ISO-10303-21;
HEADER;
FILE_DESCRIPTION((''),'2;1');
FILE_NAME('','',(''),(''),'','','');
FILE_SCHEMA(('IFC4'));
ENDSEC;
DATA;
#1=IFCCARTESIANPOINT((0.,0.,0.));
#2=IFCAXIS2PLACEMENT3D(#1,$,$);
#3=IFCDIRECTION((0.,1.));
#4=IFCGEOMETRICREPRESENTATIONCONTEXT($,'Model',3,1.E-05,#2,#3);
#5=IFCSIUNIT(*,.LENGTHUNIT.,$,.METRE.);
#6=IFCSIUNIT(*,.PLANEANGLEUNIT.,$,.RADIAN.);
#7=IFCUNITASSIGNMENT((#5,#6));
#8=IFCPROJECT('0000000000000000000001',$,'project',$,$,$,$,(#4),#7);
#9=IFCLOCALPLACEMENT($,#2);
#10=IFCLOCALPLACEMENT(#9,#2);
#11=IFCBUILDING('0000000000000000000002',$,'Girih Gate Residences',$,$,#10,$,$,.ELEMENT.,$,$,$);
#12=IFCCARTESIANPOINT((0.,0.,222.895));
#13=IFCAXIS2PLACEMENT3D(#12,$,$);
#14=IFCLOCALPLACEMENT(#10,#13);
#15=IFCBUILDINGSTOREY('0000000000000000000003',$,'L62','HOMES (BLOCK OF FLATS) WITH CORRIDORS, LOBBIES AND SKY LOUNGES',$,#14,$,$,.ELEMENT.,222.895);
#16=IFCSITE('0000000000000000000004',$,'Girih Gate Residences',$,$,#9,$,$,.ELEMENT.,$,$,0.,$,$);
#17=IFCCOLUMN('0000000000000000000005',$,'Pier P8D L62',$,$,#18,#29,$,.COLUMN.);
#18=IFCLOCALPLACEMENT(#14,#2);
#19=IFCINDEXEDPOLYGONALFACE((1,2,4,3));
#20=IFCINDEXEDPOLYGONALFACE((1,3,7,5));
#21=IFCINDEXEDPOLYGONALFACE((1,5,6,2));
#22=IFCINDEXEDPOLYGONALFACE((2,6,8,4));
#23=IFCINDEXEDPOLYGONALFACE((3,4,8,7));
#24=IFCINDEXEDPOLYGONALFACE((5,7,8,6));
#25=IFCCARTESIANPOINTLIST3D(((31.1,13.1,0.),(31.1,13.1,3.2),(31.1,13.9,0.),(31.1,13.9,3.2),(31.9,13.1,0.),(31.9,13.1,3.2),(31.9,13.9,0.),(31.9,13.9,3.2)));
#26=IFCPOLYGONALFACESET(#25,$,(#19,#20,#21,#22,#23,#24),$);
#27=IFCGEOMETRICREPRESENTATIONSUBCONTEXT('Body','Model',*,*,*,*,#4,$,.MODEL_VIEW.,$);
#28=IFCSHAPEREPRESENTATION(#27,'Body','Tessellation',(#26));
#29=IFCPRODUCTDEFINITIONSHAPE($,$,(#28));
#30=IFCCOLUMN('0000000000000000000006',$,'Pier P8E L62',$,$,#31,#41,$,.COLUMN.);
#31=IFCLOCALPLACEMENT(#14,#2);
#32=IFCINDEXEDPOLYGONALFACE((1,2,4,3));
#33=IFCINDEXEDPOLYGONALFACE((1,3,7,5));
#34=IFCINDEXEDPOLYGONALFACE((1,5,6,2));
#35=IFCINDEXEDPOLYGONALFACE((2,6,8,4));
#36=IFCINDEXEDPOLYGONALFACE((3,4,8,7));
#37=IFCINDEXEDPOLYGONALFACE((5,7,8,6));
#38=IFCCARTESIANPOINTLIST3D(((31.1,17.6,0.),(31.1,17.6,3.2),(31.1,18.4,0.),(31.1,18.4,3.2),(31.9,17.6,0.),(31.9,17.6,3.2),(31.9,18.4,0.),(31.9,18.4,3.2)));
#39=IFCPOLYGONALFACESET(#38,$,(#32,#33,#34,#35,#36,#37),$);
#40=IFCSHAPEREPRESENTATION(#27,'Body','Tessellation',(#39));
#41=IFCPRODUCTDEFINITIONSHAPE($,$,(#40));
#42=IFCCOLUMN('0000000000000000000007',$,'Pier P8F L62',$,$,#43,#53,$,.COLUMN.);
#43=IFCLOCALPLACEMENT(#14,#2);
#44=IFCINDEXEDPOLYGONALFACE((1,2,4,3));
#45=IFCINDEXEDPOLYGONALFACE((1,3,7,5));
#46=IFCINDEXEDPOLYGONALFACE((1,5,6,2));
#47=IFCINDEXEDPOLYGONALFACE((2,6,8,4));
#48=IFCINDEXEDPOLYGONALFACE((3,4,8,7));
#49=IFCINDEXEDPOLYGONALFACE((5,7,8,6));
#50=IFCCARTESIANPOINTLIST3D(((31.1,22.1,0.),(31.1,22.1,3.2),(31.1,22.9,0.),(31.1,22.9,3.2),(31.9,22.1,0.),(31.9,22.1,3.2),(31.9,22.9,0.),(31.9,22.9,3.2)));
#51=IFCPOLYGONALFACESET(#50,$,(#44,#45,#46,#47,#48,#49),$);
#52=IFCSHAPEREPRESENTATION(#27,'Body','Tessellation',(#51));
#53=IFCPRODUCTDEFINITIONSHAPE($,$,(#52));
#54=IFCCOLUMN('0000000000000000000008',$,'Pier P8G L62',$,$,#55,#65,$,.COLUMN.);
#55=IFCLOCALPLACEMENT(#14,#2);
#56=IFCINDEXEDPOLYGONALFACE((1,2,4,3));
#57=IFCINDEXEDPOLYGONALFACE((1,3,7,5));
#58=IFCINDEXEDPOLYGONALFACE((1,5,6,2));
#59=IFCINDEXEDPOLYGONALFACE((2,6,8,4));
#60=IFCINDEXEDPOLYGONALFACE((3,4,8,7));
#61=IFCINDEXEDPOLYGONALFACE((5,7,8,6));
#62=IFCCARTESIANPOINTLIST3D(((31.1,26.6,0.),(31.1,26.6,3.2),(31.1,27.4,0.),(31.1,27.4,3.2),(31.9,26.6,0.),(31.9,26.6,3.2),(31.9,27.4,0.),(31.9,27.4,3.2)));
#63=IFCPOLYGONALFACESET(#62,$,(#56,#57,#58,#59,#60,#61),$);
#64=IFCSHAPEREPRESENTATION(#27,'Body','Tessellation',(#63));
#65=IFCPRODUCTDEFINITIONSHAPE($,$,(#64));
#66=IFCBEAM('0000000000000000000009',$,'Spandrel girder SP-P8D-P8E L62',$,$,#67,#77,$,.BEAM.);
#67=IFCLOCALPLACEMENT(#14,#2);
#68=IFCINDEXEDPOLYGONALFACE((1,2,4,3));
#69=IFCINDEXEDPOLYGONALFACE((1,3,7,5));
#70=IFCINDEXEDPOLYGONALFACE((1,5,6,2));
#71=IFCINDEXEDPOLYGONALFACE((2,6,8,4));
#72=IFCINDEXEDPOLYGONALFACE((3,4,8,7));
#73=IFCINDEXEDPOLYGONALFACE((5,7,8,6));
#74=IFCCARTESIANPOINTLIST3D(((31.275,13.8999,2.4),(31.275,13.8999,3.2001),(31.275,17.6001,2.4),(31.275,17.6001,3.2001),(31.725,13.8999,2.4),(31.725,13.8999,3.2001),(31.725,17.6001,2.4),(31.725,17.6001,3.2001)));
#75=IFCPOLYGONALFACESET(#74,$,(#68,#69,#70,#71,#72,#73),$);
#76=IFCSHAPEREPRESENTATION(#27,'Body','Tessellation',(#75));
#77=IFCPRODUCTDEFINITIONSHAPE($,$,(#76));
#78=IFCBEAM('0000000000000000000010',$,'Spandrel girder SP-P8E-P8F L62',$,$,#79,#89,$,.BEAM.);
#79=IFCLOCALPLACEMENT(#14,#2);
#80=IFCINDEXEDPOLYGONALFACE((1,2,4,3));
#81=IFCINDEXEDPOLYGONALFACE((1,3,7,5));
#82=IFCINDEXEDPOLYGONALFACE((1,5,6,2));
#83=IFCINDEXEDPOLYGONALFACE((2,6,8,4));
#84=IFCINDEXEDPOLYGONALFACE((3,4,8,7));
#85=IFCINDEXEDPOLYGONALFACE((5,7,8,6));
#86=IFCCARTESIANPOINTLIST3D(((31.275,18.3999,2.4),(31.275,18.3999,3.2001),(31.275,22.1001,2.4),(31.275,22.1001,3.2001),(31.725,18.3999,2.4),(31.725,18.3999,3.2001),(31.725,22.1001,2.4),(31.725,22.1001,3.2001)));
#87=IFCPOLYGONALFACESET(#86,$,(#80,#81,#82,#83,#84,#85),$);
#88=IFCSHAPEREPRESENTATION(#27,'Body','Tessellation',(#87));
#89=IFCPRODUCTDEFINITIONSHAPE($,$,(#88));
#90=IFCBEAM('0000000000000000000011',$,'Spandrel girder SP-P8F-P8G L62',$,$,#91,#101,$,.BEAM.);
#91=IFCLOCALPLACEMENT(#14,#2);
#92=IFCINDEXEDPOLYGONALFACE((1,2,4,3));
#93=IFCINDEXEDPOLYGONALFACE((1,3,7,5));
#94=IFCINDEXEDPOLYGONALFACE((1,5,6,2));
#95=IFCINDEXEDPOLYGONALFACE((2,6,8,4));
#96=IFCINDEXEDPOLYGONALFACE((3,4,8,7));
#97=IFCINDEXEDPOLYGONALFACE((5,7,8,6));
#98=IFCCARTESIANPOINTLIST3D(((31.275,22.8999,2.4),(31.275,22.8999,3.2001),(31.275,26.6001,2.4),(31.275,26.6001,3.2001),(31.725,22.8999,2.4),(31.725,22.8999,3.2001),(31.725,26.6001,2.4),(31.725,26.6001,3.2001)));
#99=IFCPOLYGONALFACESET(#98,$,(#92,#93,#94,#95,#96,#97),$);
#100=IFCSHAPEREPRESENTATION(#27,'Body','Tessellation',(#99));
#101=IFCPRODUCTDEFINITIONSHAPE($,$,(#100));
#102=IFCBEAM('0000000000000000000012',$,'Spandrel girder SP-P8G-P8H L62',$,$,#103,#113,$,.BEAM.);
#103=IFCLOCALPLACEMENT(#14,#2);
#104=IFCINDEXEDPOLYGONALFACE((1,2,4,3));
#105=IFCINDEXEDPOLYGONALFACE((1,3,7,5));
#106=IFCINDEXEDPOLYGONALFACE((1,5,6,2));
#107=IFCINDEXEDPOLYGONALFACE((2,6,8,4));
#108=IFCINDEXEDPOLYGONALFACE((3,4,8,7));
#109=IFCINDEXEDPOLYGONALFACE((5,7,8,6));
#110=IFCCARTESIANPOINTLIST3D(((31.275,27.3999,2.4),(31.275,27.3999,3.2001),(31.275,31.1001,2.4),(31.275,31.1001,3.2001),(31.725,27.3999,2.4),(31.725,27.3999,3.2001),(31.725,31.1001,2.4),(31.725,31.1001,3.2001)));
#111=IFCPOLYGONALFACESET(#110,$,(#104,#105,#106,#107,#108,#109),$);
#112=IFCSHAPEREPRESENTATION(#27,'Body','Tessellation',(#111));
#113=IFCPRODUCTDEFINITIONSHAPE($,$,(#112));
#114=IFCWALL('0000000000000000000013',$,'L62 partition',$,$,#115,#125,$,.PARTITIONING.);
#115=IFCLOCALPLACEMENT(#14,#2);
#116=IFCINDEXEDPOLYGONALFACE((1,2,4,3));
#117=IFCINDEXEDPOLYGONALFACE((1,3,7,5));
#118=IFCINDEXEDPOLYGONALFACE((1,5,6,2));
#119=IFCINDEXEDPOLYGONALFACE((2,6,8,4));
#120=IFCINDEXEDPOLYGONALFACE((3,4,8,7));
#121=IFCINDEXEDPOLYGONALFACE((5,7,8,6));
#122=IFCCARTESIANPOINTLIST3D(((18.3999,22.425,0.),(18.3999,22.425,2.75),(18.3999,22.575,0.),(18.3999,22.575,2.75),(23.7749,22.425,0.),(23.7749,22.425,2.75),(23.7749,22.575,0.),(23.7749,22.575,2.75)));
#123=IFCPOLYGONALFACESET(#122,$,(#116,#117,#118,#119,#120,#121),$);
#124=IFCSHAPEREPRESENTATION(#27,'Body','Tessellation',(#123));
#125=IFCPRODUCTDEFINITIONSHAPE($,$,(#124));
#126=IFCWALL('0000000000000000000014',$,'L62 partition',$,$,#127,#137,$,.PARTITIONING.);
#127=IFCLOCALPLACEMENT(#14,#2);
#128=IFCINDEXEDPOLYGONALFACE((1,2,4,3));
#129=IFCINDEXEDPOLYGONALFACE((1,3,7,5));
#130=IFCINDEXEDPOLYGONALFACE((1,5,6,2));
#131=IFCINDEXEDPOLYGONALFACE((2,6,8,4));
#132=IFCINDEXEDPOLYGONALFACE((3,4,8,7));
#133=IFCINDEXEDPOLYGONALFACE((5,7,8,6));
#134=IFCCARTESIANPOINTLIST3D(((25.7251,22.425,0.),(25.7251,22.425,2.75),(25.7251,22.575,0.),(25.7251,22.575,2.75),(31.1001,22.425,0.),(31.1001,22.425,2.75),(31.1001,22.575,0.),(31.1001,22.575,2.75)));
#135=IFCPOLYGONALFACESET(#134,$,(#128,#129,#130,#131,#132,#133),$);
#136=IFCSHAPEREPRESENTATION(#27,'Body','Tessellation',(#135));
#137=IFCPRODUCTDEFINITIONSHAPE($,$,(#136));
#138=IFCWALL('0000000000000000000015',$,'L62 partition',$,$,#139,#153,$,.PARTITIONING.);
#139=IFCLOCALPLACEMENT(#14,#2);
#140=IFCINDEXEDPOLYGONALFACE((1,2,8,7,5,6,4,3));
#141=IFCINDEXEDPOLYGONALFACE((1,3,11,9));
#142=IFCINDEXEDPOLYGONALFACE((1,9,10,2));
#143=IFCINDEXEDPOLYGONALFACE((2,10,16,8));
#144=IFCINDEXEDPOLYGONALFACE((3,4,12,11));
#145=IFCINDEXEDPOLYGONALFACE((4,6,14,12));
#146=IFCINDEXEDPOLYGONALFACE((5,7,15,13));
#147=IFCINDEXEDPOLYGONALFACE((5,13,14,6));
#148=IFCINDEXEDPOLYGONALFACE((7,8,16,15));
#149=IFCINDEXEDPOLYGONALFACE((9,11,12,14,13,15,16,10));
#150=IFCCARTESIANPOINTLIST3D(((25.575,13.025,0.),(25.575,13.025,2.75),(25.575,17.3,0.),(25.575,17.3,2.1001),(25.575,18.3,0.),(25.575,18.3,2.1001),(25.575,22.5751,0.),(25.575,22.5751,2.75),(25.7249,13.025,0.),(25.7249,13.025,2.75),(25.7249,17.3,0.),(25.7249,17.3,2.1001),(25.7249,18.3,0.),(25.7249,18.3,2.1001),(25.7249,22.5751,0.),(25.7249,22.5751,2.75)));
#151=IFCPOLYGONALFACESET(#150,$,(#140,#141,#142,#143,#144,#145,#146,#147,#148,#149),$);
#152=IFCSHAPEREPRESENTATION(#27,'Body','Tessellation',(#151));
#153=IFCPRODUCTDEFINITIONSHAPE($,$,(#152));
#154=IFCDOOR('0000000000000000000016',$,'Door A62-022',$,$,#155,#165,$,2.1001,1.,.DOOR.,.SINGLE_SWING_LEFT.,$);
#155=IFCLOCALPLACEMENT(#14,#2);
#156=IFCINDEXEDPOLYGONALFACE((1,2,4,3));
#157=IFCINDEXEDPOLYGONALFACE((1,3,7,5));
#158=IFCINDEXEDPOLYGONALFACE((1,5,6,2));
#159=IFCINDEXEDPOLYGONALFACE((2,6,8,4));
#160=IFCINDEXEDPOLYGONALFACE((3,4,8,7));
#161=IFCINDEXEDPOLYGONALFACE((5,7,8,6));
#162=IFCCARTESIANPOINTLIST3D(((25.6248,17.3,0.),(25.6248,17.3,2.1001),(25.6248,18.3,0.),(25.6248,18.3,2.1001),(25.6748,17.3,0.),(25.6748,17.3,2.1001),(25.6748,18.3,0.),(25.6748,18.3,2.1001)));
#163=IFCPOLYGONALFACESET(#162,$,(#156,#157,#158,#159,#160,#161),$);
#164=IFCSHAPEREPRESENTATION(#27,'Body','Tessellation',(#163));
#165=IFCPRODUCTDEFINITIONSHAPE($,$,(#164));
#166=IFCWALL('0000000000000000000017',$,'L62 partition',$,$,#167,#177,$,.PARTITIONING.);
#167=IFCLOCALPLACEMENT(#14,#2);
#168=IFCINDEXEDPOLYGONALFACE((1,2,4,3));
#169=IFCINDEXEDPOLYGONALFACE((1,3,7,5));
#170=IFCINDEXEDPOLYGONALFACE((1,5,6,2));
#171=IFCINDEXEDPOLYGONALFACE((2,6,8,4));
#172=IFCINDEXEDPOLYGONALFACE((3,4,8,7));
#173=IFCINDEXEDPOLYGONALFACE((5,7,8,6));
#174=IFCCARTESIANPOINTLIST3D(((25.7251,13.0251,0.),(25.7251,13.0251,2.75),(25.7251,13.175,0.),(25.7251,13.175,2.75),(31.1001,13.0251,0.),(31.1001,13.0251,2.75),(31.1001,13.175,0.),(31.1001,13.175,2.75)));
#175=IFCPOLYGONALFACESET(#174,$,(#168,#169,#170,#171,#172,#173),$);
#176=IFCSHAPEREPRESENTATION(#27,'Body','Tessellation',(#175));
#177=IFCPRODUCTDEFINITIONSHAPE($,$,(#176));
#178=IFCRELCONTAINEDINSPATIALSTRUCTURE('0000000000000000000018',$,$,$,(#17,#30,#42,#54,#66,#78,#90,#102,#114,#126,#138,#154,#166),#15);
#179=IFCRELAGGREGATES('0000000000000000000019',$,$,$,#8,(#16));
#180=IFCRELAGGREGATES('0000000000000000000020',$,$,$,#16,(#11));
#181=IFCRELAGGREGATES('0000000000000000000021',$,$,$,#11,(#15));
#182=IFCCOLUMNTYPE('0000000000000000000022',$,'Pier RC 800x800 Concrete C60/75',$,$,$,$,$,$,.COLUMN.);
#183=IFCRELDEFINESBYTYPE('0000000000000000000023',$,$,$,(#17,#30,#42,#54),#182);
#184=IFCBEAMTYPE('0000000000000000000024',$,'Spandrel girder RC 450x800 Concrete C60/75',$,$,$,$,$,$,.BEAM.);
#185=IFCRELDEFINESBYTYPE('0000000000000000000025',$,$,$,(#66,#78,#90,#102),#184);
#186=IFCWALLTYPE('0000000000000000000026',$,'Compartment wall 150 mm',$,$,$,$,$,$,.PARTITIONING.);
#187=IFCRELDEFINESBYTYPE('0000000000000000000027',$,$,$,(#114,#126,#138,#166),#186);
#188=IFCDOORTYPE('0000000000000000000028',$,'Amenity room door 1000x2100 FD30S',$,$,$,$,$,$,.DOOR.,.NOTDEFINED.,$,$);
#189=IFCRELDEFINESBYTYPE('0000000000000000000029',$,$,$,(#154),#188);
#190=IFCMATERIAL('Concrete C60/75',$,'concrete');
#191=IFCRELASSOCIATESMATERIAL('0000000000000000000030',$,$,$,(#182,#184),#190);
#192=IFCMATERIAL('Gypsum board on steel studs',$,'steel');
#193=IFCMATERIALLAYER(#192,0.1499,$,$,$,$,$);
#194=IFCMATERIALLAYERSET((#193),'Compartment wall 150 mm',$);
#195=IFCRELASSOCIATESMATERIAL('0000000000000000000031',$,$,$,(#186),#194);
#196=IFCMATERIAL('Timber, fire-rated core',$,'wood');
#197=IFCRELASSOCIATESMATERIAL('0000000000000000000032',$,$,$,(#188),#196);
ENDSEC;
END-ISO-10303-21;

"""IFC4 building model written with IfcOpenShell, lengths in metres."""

from ifc_helpers import new_model, si_unit, direction, frame, frame_2d, origin, origin_2d, place, context, subcontext, project, spatial, rectangle, extrude, material, layer, layer_set, material_profile, profile_set, type_object, element, fill, save


model = new_model("IFC4")

# Units and contexts
model_context = context("Model", 3, precision=1e-05, world=origin(), true_north=direction((0.0, 1.0)))
body_context = subcontext(model_context, "Body", "Model", "MODEL_VIEW")
ifc_project = project(units=[si_unit("LENGTHUNIT", "METRE"), si_unit("PLANEANGLEUNIT", "RADIAN")], contexts=[model_context])

# Site, building, storey
site_placement = place(None, origin())
site = spatial("IfcSite", under=ifc_project, at=site_placement, Name="Girih Gate Residences", CompositionType="ELEMENT", RefElevation=0.0)
building_placement = place(site_placement, origin())
building = spatial("IfcBuilding", under=site, at=building_placement, Name="Girih Gate Residences", CompositionType="ELEMENT")
storey_placement = place(building_placement, frame((0.0, 0.0, 222.895)))
storey = spatial("IfcBuildingStorey", under=building, at=storey_placement, Name="L62", Description="HOMES (BLOCK OF FLATS) WITH CORRIDORS, LOBBIES AND SKY LOUNGES", CompositionType="ELEMENT", Elevation=222.895)

# Columns
ifc_material_1 = material(Name="Concrete C60/75", Category="concrete")
ifc_material_profile_1 = material_profile(ifc_material_1, rectangle(XDim=0.8, YDim=0.8, at=origin_2d()))
ifc_profile_set_1 = profile_set([ifc_material_profile_1], Name="Concrete C60/75")
column_type = type_object("IfcColumnType", Name="Pier RC 800x800 Concrete C60/75", PredefinedType="COLUMN", material=ifc_profile_set_1)
for number, where, z_axis, x_axis, name in (
    (1, (31.5, 13.5, 0.0), (0.0, 0.0, 1.0), (1.0, 0.0, 0.0), "Pier P8D L62"),
    (2, (31.5, 18.0, 0.0), (0.0, 0.0, 1.0), (1.0, 0.0, 0.0), "Pier P8E L62"),
    (3, (31.5, 22.5, 0.0), (0.0, 0.0, 1.0), (1.0, 0.0, 0.0), "Pier P8F L62"),
    (4, (31.5, 27.0, 0.0), (0.0, 0.0, 1.0), (1.0, 0.0, 0.0), "Pier P8G L62"),
):
    element("IfcColumn", number, at=place(storey_placement, frame(where, z_axis=z_axis, x_axis=x_axis)), inside=storey, type_object=column_type, Name=name, PredefinedType="COLUMN", context=body_context, shape_type="SweptSolid", body=[
        extrude(rectangle(XDim=0.8, YDim=0.8, at=origin_2d()), origin(), (0.0, 0.0, 1.0), 3.2),
    ])

# Beams
ifc_material_profile_2 = material_profile(ifc_material_1, rectangle(XDim=0.45, YDim=0.8, at=origin_2d()))
ifc_profile_set_2 = profile_set([ifc_material_profile_2], Name="Concrete C60/75")
beam_type = type_object("IfcBeamType", Name="Spandrel girder RC 450x800 Concrete C60/75", PredefinedType="BEAM", material=ifc_profile_set_2)
for number, where, z_axis, x_axis, name in (
    (5, (31.5, 13.8999, 2.8), (0.0, 1.0, 0.0), (-1.0, 0.0, 0.0), "Spandrel girder SP-P8D-P8E L62"),
    (6, (31.5, 18.3999, 2.8), (0.0, 1.0, 0.0), (-1.0, 0.0, 0.0), "Spandrel girder SP-P8E-P8F L62"),
    (7, (31.5, 22.8999, 2.8), (0.0, 1.0, 0.0), (-1.0, 0.0, 0.0), "Spandrel girder SP-P8F-P8G L62"),
    (8, (31.5, 27.3999, 2.8), (0.0, 1.0, 0.0), (-1.0, 0.0, 0.0), "Spandrel girder SP-P8G-P8H L62"),
):
    element("IfcBeam", number, at=place(storey_placement, frame(where, z_axis=z_axis, x_axis=x_axis)), inside=storey, type_object=beam_type, Name=name, PredefinedType="BEAM", context=body_context, shape_type="SweptSolid", body=[
        extrude(rectangle(XDim=0.45, YDim=0.8, at=origin_2d()), origin(), (0.0, 0.0, 1.0), 3.7002),
    ])

# Walls
ifc_material_2 = material(Name="Gypsum board on steel studs", Category="steel")
ifc_layer_1 = layer(ifc_material_2, 0.1499)
ifc_layer_set_1 = layer_set([ifc_layer_1], Name="Compartment wall 150 mm")
wall_type_1 = type_object("IfcWallType", Name="Compartment wall 150 mm", PredefinedType="PARTITIONING", material=ifc_layer_set_1)
for number, where, z_axis, x_axis, name in (
    (9, (18.3999, 22.5, 0.0), (0.0, 0.0, 1.0), (1.0, 0.0, 0.0), "L62 partition"),
    (10, (25.7251, 22.5, 0.0), (0.0, 0.0, 1.0), (1.0, 0.0, 0.0), "L62 partition"),
):
    element("IfcWall", number, at=place(storey_placement, frame(where, z_axis=z_axis, x_axis=x_axis)), inside=storey, type_object=wall_type_1, Name=name, PredefinedType="PARTITIONING", context=body_context, shape_type="SweptSolid", body=[
        extrude(rectangle(XDim=5.375, YDim=0.1499, at=frame_2d((2.6875, 0.0))), origin(), (0.0, 0.0, 1.0), 2.75),
    ])

# Wall, opening, door
wall_1_placement = place(storey_placement, frame((25.6499, 22.575, 0.0), z_axis=(0.0, 0.0, 1.0), x_axis=(0.0, -1.0, 0.0)))
wall_1 = element("IfcWall", 11, at=wall_1_placement, inside=storey, type_object=wall_type_1, Name="L62 partition", PredefinedType="PARTITIONING", context=body_context, shape_type="SweptSolid", body=[
    extrude(rectangle(XDim=9.55, YDim=0.1499, at=frame_2d((4.7749, 0.0))), origin(), (0.0, 0.0, 1.0), 2.75),
])
opening_1_placement = place(wall_1_placement, frame((4.2749, 0.0, 0.0)))
opening_1 = element("IfcOpeningElement", 12, at=opening_1_placement, cuts=wall_1, PredefinedType="OPENING", context=body_context, shape_type="SweptSolid", body=[
    extrude(rectangle(XDim=1.0, YDim=2.1001, at=frame_2d((0.5, 1.05))), frame((0.0, 0.085, 0.0), z_axis=(0.0, -1.0, 0.0), x_axis=(1.0, 0.0, 0.0)), (0.0, 0.0, 1.0), 0.1699),
])
ifc_material_3 = material(Name="Timber, fire-rated core", Category="wood")
door_type_1 = type_object("IfcDoorType", Name="Amenity room door 1000x2100 FD30S", OperationType="NOTDEFINED", PredefinedType="DOOR", material=ifc_material_3)
door_1_placement = place(opening_1_placement, origin())
door_1 = element("IfcDoor", 13, at=door_1_placement, inside=storey, type_object=door_type_1, Name="Door A62-022", OperationType="SINGLE_SWING_LEFT", OverallHeight=2.1001, OverallWidth=1.0, PredefinedType="DOOR", context=body_context, shape_type="SweptSolid", body=[
    extrude(rectangle(XDim=1.0, YDim=2.1001, at=frame_2d((0.5, 1.05))), frame((0.0, 0.0249, 0.0), z_axis=(0.0, -1.0, 0.0), x_axis=(1.0, 0.0, 0.0)), (0.0, 0.0, 1.0), 0.05),
])
fill(opening_1, door_1)

# Wall
wall_2_placement = place(storey_placement, frame((25.7251, 13.1001, 0.0), z_axis=(0.0, 0.0, 1.0), x_axis=(1.0, 0.0, 0.0)))
element("IfcWall", 14, at=wall_2_placement, inside=storey, type_object=wall_type_1, Name="L62 partition", PredefinedType="PARTITIONING", context=body_context, shape_type="SweptSolid", body=[
    extrude(rectangle(XDim=5.375, YDim=0.1499, at=frame_2d((2.6875, 0.0))), origin(), (0.0, 0.0, 1.0), 2.75),
])

save(model, "model.ifc")
